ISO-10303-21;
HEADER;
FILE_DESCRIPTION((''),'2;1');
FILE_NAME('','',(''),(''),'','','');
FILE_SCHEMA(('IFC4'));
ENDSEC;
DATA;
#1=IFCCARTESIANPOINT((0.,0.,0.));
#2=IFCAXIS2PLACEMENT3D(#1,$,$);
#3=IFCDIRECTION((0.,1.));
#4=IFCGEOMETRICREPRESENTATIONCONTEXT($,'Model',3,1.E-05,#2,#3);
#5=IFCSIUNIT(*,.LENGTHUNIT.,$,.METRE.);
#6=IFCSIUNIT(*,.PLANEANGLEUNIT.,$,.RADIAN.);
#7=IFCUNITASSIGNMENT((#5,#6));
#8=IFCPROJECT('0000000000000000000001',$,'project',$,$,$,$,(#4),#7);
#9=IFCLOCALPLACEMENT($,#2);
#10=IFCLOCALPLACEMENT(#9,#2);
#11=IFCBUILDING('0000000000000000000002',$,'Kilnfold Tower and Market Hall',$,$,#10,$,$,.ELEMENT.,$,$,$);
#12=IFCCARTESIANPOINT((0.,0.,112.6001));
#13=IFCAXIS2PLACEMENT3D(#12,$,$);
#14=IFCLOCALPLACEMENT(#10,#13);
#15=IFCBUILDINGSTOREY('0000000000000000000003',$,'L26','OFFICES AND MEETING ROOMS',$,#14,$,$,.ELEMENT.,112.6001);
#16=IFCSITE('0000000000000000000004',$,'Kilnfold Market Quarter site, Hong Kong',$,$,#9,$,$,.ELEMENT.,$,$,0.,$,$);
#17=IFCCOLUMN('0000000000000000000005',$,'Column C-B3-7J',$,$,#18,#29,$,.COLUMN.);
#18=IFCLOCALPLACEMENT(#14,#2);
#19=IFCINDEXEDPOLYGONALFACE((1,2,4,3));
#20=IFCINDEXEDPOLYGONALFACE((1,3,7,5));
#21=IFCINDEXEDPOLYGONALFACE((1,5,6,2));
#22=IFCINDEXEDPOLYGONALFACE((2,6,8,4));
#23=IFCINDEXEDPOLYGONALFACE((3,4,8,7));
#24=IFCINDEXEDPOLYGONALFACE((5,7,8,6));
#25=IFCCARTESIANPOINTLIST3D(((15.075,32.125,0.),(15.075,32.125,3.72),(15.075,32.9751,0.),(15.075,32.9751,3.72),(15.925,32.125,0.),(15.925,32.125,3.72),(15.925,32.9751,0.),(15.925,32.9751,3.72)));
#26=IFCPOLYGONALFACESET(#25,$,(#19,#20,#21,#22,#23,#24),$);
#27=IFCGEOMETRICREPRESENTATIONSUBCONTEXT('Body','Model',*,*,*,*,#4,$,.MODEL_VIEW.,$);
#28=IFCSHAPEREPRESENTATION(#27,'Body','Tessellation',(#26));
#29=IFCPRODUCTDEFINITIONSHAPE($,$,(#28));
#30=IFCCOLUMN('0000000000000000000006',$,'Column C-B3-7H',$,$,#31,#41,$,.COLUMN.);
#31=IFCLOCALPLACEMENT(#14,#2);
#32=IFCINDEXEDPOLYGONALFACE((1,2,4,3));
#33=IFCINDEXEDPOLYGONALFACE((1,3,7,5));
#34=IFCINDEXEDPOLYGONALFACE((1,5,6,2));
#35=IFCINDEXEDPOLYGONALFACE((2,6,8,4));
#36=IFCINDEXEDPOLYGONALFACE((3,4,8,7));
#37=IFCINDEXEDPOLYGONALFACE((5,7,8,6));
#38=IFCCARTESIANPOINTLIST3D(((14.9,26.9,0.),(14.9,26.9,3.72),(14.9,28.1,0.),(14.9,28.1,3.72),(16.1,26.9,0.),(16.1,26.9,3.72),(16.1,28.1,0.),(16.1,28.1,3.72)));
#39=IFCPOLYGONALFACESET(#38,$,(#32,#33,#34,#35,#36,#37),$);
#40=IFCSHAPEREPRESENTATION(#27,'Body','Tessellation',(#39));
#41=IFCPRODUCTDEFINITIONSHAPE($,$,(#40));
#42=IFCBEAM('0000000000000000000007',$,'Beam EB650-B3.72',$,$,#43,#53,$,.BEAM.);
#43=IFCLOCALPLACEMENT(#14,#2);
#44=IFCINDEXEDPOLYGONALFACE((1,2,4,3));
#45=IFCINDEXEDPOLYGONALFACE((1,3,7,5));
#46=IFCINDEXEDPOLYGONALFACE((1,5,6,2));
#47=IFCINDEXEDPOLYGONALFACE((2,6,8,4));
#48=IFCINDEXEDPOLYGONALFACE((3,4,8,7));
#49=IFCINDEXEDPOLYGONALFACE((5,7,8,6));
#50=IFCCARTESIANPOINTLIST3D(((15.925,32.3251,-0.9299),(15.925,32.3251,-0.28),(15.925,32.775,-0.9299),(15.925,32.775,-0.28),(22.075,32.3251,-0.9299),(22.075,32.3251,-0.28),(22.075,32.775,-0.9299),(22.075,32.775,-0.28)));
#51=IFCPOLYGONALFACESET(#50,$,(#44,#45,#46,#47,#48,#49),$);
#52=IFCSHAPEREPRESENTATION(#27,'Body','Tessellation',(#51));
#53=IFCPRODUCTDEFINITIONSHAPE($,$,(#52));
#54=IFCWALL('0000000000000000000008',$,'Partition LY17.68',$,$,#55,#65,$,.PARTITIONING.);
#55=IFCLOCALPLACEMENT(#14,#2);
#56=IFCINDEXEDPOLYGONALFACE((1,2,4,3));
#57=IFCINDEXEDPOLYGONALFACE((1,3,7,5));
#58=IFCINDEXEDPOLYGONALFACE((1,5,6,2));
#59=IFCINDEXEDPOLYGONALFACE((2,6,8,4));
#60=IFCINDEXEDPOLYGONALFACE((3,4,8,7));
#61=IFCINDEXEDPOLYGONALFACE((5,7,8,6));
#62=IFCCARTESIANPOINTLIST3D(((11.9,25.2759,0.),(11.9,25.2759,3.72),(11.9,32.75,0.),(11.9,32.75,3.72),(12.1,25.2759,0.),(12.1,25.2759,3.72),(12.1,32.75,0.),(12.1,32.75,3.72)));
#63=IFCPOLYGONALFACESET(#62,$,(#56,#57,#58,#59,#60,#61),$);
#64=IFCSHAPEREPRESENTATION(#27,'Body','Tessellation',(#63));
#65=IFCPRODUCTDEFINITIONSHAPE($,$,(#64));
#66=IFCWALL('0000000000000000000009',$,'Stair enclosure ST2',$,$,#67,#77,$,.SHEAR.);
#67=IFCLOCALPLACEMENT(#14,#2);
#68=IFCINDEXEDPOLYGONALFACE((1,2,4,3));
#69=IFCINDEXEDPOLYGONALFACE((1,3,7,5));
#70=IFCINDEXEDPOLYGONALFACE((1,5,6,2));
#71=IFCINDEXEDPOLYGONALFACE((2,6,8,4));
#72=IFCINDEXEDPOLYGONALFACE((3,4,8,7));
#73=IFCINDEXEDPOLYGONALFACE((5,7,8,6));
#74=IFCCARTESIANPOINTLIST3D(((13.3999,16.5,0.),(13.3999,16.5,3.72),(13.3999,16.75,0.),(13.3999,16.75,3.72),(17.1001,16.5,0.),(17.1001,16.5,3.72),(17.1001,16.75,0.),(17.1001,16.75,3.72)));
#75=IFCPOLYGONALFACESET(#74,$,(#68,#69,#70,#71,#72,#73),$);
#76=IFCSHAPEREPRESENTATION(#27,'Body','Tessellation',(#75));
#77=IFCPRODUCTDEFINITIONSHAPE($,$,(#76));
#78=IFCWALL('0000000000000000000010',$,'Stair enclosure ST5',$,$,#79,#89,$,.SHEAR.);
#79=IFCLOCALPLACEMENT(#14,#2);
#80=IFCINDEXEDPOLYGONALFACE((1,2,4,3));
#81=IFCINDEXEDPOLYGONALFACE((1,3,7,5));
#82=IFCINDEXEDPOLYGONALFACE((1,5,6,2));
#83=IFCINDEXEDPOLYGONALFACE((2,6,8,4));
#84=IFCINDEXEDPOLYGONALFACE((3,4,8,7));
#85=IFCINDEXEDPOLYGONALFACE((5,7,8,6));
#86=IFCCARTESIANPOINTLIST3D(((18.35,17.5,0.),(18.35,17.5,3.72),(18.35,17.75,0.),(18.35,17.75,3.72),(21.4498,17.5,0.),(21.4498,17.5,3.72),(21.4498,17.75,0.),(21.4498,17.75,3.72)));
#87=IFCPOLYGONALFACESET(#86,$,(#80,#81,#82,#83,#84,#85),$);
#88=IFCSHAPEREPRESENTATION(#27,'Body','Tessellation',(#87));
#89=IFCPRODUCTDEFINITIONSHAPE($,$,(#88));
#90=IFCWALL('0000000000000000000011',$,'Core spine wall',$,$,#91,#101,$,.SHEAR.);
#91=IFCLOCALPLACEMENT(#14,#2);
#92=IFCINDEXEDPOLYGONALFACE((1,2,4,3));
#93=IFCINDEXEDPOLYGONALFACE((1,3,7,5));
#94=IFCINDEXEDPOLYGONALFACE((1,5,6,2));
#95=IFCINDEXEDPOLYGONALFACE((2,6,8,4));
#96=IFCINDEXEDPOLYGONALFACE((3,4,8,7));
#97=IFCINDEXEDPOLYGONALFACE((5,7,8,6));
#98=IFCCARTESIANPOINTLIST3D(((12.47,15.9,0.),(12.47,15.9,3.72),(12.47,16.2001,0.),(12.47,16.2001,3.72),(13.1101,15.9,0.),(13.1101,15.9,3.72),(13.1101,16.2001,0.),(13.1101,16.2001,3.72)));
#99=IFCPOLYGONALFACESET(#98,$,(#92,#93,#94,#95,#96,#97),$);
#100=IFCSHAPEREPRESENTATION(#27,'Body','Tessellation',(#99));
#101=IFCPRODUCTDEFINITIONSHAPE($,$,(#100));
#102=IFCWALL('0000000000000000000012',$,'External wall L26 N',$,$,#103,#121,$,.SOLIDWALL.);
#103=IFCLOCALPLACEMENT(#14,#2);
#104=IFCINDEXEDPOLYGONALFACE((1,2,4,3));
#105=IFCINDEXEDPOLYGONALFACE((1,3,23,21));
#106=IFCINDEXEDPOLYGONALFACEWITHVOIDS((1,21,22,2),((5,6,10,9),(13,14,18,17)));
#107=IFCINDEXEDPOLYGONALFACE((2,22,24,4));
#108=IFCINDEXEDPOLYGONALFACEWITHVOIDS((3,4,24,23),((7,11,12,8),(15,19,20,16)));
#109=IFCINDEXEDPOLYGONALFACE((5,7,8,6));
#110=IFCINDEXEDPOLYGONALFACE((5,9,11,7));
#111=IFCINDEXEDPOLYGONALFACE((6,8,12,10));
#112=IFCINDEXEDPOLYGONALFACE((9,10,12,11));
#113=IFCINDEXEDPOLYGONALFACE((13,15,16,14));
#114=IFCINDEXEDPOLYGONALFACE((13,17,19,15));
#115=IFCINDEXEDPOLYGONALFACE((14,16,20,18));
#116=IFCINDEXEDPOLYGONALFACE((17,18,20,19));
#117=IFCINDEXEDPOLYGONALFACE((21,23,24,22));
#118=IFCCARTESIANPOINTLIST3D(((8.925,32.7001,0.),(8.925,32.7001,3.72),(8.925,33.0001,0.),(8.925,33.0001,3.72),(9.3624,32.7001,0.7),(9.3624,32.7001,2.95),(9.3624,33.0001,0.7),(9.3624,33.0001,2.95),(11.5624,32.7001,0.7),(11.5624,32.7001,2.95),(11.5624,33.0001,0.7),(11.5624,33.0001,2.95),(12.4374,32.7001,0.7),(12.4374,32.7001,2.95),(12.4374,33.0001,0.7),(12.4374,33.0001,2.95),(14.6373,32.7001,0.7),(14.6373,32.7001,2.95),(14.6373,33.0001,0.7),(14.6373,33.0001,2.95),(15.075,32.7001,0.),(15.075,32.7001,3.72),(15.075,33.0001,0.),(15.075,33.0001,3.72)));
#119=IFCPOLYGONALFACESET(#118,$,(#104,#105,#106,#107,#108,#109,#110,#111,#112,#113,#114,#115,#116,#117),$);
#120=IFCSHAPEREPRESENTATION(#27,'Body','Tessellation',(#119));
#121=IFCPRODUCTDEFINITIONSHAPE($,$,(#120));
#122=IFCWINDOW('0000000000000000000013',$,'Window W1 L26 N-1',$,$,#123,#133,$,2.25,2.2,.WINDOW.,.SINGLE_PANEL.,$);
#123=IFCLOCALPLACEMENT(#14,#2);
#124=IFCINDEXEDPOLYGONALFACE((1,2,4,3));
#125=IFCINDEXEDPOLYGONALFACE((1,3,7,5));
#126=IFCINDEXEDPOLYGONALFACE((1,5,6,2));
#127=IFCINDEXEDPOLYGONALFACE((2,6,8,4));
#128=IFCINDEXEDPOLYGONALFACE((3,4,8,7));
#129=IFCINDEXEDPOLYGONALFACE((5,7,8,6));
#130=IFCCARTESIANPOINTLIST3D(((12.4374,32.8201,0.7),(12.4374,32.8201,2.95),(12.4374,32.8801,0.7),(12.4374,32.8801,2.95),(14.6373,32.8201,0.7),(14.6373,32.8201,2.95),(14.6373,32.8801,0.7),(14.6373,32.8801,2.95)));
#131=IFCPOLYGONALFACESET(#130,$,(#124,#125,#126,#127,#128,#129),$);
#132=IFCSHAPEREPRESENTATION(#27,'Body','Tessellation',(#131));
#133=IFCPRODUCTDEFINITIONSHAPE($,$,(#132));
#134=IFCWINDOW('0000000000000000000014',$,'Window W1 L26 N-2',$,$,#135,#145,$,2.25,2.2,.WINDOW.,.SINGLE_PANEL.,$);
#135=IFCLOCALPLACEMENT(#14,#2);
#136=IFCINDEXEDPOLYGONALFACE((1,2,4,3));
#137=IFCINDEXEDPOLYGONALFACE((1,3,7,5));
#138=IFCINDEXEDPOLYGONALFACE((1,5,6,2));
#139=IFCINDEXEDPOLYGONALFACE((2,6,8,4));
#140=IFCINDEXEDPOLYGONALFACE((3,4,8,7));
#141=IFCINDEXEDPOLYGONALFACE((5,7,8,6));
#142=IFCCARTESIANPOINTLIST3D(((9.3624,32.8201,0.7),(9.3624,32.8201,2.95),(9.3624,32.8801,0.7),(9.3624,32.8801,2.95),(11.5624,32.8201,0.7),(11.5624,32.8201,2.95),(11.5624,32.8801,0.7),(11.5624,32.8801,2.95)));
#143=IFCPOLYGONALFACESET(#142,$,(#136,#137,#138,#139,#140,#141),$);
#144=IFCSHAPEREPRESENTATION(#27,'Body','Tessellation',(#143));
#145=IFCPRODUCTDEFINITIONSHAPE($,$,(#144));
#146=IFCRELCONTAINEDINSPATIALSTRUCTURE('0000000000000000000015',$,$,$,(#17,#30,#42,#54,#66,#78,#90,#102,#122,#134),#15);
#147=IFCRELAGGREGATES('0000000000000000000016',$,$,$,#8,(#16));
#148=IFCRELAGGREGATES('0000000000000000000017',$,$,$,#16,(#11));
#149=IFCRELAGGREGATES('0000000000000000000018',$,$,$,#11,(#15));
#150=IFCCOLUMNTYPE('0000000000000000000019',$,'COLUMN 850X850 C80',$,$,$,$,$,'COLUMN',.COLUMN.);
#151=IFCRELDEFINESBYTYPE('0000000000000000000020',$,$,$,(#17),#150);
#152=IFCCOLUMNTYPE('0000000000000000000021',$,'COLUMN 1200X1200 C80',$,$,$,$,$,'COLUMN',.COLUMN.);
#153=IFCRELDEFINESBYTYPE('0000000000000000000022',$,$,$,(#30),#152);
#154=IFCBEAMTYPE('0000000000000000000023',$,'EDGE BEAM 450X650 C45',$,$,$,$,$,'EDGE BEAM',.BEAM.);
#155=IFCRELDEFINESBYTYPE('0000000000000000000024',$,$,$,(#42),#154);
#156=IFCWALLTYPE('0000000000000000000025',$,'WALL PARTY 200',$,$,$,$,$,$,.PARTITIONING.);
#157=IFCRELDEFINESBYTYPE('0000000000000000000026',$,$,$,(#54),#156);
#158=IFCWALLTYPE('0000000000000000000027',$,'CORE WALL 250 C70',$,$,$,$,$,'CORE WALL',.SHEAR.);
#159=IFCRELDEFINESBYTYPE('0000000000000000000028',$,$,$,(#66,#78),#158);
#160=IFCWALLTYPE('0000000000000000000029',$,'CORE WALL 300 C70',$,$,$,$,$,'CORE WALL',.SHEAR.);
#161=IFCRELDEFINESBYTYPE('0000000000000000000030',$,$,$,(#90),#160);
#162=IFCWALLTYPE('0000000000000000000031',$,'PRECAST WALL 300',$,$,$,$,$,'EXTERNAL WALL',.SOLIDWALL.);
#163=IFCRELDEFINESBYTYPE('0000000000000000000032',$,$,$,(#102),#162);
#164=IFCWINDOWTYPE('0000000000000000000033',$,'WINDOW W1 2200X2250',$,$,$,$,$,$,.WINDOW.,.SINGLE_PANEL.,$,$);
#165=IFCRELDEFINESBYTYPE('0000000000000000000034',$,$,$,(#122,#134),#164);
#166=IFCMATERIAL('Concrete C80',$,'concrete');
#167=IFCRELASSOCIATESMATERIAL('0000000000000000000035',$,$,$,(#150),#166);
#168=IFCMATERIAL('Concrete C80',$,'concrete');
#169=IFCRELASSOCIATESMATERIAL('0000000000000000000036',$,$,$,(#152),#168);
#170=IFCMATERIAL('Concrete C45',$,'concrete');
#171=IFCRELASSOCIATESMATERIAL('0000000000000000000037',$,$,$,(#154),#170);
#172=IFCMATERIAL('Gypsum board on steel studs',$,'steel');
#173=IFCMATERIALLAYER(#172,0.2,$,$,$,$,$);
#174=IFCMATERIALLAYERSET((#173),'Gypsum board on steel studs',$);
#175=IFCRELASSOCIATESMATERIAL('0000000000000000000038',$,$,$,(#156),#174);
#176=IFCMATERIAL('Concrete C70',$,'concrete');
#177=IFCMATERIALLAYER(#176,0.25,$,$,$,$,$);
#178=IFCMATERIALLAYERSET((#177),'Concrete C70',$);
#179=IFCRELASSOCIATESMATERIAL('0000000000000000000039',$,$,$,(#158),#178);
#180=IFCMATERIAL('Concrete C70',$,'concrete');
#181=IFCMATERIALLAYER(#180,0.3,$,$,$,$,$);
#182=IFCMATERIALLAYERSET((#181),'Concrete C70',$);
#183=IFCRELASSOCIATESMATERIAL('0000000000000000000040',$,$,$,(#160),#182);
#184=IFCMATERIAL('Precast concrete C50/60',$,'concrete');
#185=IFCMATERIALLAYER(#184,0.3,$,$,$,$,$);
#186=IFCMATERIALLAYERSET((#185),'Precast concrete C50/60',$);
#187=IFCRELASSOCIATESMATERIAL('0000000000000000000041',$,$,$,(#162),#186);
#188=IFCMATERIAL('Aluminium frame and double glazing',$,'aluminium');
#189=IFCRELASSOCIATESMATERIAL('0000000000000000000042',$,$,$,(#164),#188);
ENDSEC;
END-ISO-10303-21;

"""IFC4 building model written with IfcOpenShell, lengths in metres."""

from ifc_helpers import new_model, si_unit, direction, frame, frame_2d, origin, origin_2d, place, context, subcontext, project, spatial, rectangle, extrude, source, transform, mapped, material, layer, layer_set, material_profile, profile_set, type_object, element, fill, save


model = new_model("IFC4")

# Units and contexts
model_context = context("Model", 3, precision=1e-05, world=origin(), true_north=direction((0.0, 1.0)))
body_context = subcontext(model_context, "Body", "Model", "MODEL_VIEW")
ifc_project = project(units=[si_unit("LENGTHUNIT", "METRE"), si_unit("PLANEANGLEUNIT", "RADIAN")], contexts=[model_context])

# Site, building, storey
site_placement = place(None, origin())
site = spatial("IfcSite", under=ifc_project, at=site_placement, Name="Kilnfold Market Quarter site, Hong Kong", CompositionType="ELEMENT", RefElevation=0.0)
building_placement = place(site_placement, origin())
building = spatial("IfcBuilding", under=site, at=building_placement, Name="Kilnfold Tower and Market Hall", CompositionType="ELEMENT")
storey_placement = place(building_placement, frame((0.0, 0.0, 112.6001)))
storey = spatial("IfcBuildingStorey", under=building, at=storey_placement, Name="L26", Description="OFFICES AND MEETING ROOMS", CompositionType="ELEMENT", Elevation=112.6001)

# Columns
ifc_material_1 = material(Name="Concrete C80", Category="concrete")
ifc_material_profile_1 = material_profile(ifc_material_1, rectangle(XDim=0.8501, YDim=0.8501, at=origin_2d()), Name="RC 850x850")
ifc_profile_set_1 = profile_set([ifc_material_profile_1], Name="Concrete C80")
column_type_1 = type_object("IfcColumnType", Name="COLUMN 850X850 C80", ElementType="COLUMN", PredefinedType="COLUMN", material=ifc_profile_set_1)
shared_shape_1 = source(origin(), body_context, "Body", "SweptSolid", [
    extrude(rectangle(XDim=0.8501, YDim=0.8501, at=origin_2d()), origin(), (0.0, 0.0, 1.0), 3.72),
])
column_1_placement = place(storey_placement, frame((15.5, 32.55, 0.0), z_axis=(0.0, 0.0, 1.0), x_axis=(1.0, 0.0, 0.0)))
element("IfcColumn", 1, at=column_1_placement, inside=storey, type_object=column_type_1, Name="Column C-B3-7J", PredefinedType="COLUMN", context=body_context, shape_type="MappedRepresentation", body=[
    mapped(shared_shape_1, transform((0.0, 0.0, 0.0))),
])
ifc_material_2 = material(Name="Concrete C80", Category="concrete")
ifc_material_profile_2 = material_profile(ifc_material_2, rectangle(XDim=1.2, YDim=1.2, at=origin_2d()), Name="RC 1200x1200")
ifc_profile_set_2 = profile_set([ifc_material_profile_2], Name="Concrete C80")
column_type_2 = type_object("IfcColumnType", Name="COLUMN 1200X1200 C80", ElementType="COLUMN", PredefinedType="COLUMN", material=ifc_profile_set_2)
shared_shape_2 = source(origin(), body_context, "Body", "SweptSolid", [
    extrude(rectangle(XDim=1.2, YDim=1.2, at=origin_2d()), origin(), (0.0, 0.0, 1.0), 3.72),
])
column_2_placement = place(storey_placement, frame((15.5, 27.5, 0.0), z_axis=(0.0, 0.0, 1.0), x_axis=(1.0, 0.0, 0.0)))
element("IfcColumn", 2, at=column_2_placement, inside=storey, type_object=column_type_2, Name="Column C-B3-7H", PredefinedType="COLUMN", context=body_context, shape_type="MappedRepresentation", body=[
    mapped(shared_shape_2, transform((0.0, 0.0, 0.0))),
])

# Beam
ifc_material_3 = material(Name="Concrete C45", Category="concrete")
ifc_material_profile_3 = material_profile(ifc_material_3, rectangle(XDim=0.45, YDim=0.6499, at=origin_2d()), Name="RC 450x650")
ifc_profile_set_3 = profile_set([ifc_material_profile_3], Name="Concrete C45")
beam_type = type_object("IfcBeamType", Name="EDGE BEAM 450X650 C45", ElementType="EDGE BEAM", PredefinedType="BEAM", material=ifc_profile_set_3)
shared_shape_3 = source(origin(), body_context, "Body", "SweptSolid", [
    extrude(rectangle(XDim=0.45, YDim=0.6499, at=origin_2d()), origin(), (0.0, 0.0, 1.0), 6.1499),
])
beam_placement = place(storey_placement, frame((15.925, 32.55, -0.605), z_axis=(1.0, 0.0, 0.0), x_axis=(0.0, 1.0, 0.0)))
element("IfcBeam", 3, at=beam_placement, inside=storey, type_object=beam_type, Name="Beam EB650-B3.72", PredefinedType="BEAM", context=body_context, shape_type="MappedRepresentation", body=[
    mapped(shared_shape_3, transform((0.0, 0.0, 0.0))),
])

# Walls
ifc_material_4 = material(Name="Gypsum board on steel studs", Category="steel")
ifc_layer_1 = layer(ifc_material_4, 0.2)
ifc_layer_set_1 = layer_set([ifc_layer_1], Name="Gypsum board on steel studs")
wall_type_1 = type_object("IfcWallType", Name="WALL PARTY 200", PredefinedType="PARTITIONING", material=ifc_layer_set_1)
wall_1_placement = place(storey_placement, frame((12.0, 25.2759, 0.0), z_axis=(0.0, 0.0, 1.0), x_axis=(0.0, 1.0, 0.0)))
element("IfcWall", 4, at=wall_1_placement, inside=storey, type_object=wall_type_1, Name="Partition LY17.68", PredefinedType="PARTITIONING", context=body_context, shape_type="SweptSolid", body=[
    extrude(rectangle(XDim=7.4741, YDim=0.2, at=frame_2d((3.7371, 0.0))), origin(), (0.0, 0.0, 1.0), 3.72),
])
ifc_material_5 = material(Name="Concrete C70", Category="concrete")
ifc_layer_2 = layer(ifc_material_5, 0.25)
ifc_layer_set_2 = layer_set([ifc_layer_2], Name="Concrete C70")
wall_type_2 = type_object("IfcWallType", Name="CORE WALL 250 C70", ElementType="CORE WALL", PredefinedType="SHEAR", material=ifc_layer_set_2)
shared_shape_4 = source(origin(), body_context, "Body", "SweptSolid", [
    extrude(rectangle(XDim=3.7002, YDim=0.25, at=frame_2d((1.8501, 0.0))), origin(), (0.0, 0.0, 1.0), 3.72),
])
wall_2_placement = place(storey_placement, frame((13.3999, 16.625, 0.0), z_axis=(0.0, 0.0, 1.0), x_axis=(1.0, 0.0, 0.0)))
element("IfcWall", 5, at=wall_2_placement, inside=storey, type_object=wall_type_2, Name="Stair enclosure ST2", PredefinedType="SHEAR", context=body_context, shape_type="MappedRepresentation", body=[
    mapped(shared_shape_4, transform((0.0, 0.0, 0.0))),
])
shared_shape_5 = source(origin(), body_context, "Body", "SweptSolid", [
    extrude(rectangle(XDim=3.0999, YDim=0.25, at=frame_2d((1.5498, 0.0))), origin(), (0.0, 0.0, 1.0), 3.72),
])
wall_3_placement = place(storey_placement, frame((18.3501, 17.625, 0.0), z_axis=(0.0, 0.0, 1.0), x_axis=(1.0, 0.0, 0.0)))
element("IfcWall", 6, at=wall_3_placement, inside=storey, type_object=wall_type_2, Name="Stair enclosure ST5", PredefinedType="SHEAR", context=body_context, shape_type="MappedRepresentation", body=[
    mapped(shared_shape_5, transform((0.0, 0.0, 0.0))),
])
ifc_material_6 = material(Name="Concrete C70", Category="concrete")
ifc_layer_3 = layer(ifc_material_6, 0.3)
ifc_layer_set_3 = layer_set([ifc_layer_3], Name="Concrete C70")
wall_type_3 = type_object("IfcWallType", Name="CORE WALL 300 C70", ElementType="CORE WALL", PredefinedType="SHEAR", material=ifc_layer_set_3)
shared_shape_6 = source(origin(), body_context, "Body", "SweptSolid", [
    extrude(rectangle(XDim=0.6401, YDim=0.3, at=frame_2d((0.3201, 0.0))), origin(), (0.0, 0.0, 1.0), 3.72),
])
wall_4_placement = place(storey_placement, frame((12.47, 16.05, 0.0), z_axis=(0.0, 0.0, 1.0), x_axis=(1.0, 0.0, 0.0)))
element("IfcWall", 7, at=wall_4_placement, inside=storey, type_object=wall_type_3, Name="Core spine wall", PredefinedType="SHEAR", context=body_context, shape_type="MappedRepresentation", body=[
    mapped(shared_shape_6, transform((0.0, 0.0, 0.0))),
])

# Wall, openings, windows
ifc_material_7 = material(Name="Precast concrete C50/60", Category="concrete")
ifc_layer_4 = layer(ifc_material_7, 0.3)
ifc_layer_set_4 = layer_set([ifc_layer_4], Name="Precast concrete C50/60")
wall_type_4 = type_object("IfcWallType", Name="PRECAST WALL 300", ElementType="EXTERNAL WALL", PredefinedType="SOLIDWALL", material=ifc_layer_set_4)
shared_shape_7 = source(origin(), body_context, "Body", "SweptSolid", [
    extrude(rectangle(XDim=6.1499, YDim=0.3, at=frame_2d((3.075, 0.0))), origin(), (0.0, 0.0, 1.0), 3.72),
])
wall_5_placement = place(storey_placement, frame((15.075, 32.8501, 0.0), z_axis=(0.0, 0.0, 1.0), x_axis=(-1.0, 0.0, 0.0)))
wall_5 = element("IfcWall", 8, at=wall_5_placement, inside=storey, type_object=wall_type_4, Name="External wall L26 N", PredefinedType="SOLIDWALL", context=body_context, shape_type="MappedRepresentation", body=[
    mapped(shared_shape_7, transform((0.0, 0.0, 0.0))),
])
opening_1_placement = place(wall_5_placement, frame((0.4375, 0.0, 0.7)))
opening_1 = element("IfcOpeningElement", 9, at=opening_1_placement, cuts=wall_5, PredefinedType="OPENING", context=body_context, shape_type="SweptSolid", body=[
    extrude(rectangle(XDim=2.2, YDim=2.25, at=frame_2d((1.1001, 1.125))), frame((0.0, 0.1602, 0.0), z_axis=(0.0, -1.0, 0.0), x_axis=(1.0, 0.0, 0.0)), (0.0, 0.0, 1.0), 0.3201),
])
opening_2_placement = place(wall_5_placement, frame((3.5125, 0.0, 0.7)))
opening_2 = element("IfcOpeningElement", 10, at=opening_2_placement, cuts=wall_5, PredefinedType="OPENING", context=body_context, shape_type="SweptSolid", body=[
    extrude(rectangle(XDim=2.2, YDim=2.25, at=frame_2d((1.1001, 1.125))), frame((0.0, 0.1602, 0.0), z_axis=(0.0, -1.0, 0.0), x_axis=(1.0, 0.0, 0.0)), (0.0, 0.0, 1.0), 0.3201),
])
ifc_material_8 = material(Name="Aluminium frame and double glazing", Category="aluminium")
window_type = type_object("IfcWindowType", Name="WINDOW W1 2200X2250", PartitioningType="SINGLE_PANEL", PredefinedType="WINDOW", material=ifc_material_8)
window_1_placement = place(opening_1_placement, origin())
window_1 = element("IfcWindow", 11, at=window_1_placement, inside=storey, type_object=window_type, Name="Window W1 L26 N-1", OverallHeight=2.25, OverallWidth=2.2, PartitioningType="SINGLE_PANEL", PredefinedType="WINDOW", context=body_context, shape_type="SweptSolid", body=[
    extrude(rectangle(XDim=2.2, YDim=2.25, at=frame_2d((1.1001, 1.125))), frame((0.0, 0.03, 0.0), z_axis=(0.0, -1.0, 0.0), x_axis=(1.0, 0.0, 0.0)), (0.0, 0.0, 1.0), 0.0601),
])
fill(opening_1, window_1)
window_2_placement = place(opening_2_placement, origin())
window_2 = element("IfcWindow", 12, at=window_2_placement, inside=storey, type_object=window_type, Name="Window W1 L26 N-2", OverallHeight=2.25, OverallWidth=2.2, PartitioningType="SINGLE_PANEL", PredefinedType="WINDOW", context=body_context, shape_type="SweptSolid", body=[
    extrude(rectangle(XDim=2.2, YDim=2.25, at=frame_2d((1.1001, 1.125))), frame((0.0, 0.03, 0.0), z_axis=(0.0, -1.0, 0.0), x_axis=(1.0, 0.0, 0.0)), (0.0, 0.0, 1.0), 0.0601),
])
fill(opening_2, window_2)

save(model, "model.ifc")
